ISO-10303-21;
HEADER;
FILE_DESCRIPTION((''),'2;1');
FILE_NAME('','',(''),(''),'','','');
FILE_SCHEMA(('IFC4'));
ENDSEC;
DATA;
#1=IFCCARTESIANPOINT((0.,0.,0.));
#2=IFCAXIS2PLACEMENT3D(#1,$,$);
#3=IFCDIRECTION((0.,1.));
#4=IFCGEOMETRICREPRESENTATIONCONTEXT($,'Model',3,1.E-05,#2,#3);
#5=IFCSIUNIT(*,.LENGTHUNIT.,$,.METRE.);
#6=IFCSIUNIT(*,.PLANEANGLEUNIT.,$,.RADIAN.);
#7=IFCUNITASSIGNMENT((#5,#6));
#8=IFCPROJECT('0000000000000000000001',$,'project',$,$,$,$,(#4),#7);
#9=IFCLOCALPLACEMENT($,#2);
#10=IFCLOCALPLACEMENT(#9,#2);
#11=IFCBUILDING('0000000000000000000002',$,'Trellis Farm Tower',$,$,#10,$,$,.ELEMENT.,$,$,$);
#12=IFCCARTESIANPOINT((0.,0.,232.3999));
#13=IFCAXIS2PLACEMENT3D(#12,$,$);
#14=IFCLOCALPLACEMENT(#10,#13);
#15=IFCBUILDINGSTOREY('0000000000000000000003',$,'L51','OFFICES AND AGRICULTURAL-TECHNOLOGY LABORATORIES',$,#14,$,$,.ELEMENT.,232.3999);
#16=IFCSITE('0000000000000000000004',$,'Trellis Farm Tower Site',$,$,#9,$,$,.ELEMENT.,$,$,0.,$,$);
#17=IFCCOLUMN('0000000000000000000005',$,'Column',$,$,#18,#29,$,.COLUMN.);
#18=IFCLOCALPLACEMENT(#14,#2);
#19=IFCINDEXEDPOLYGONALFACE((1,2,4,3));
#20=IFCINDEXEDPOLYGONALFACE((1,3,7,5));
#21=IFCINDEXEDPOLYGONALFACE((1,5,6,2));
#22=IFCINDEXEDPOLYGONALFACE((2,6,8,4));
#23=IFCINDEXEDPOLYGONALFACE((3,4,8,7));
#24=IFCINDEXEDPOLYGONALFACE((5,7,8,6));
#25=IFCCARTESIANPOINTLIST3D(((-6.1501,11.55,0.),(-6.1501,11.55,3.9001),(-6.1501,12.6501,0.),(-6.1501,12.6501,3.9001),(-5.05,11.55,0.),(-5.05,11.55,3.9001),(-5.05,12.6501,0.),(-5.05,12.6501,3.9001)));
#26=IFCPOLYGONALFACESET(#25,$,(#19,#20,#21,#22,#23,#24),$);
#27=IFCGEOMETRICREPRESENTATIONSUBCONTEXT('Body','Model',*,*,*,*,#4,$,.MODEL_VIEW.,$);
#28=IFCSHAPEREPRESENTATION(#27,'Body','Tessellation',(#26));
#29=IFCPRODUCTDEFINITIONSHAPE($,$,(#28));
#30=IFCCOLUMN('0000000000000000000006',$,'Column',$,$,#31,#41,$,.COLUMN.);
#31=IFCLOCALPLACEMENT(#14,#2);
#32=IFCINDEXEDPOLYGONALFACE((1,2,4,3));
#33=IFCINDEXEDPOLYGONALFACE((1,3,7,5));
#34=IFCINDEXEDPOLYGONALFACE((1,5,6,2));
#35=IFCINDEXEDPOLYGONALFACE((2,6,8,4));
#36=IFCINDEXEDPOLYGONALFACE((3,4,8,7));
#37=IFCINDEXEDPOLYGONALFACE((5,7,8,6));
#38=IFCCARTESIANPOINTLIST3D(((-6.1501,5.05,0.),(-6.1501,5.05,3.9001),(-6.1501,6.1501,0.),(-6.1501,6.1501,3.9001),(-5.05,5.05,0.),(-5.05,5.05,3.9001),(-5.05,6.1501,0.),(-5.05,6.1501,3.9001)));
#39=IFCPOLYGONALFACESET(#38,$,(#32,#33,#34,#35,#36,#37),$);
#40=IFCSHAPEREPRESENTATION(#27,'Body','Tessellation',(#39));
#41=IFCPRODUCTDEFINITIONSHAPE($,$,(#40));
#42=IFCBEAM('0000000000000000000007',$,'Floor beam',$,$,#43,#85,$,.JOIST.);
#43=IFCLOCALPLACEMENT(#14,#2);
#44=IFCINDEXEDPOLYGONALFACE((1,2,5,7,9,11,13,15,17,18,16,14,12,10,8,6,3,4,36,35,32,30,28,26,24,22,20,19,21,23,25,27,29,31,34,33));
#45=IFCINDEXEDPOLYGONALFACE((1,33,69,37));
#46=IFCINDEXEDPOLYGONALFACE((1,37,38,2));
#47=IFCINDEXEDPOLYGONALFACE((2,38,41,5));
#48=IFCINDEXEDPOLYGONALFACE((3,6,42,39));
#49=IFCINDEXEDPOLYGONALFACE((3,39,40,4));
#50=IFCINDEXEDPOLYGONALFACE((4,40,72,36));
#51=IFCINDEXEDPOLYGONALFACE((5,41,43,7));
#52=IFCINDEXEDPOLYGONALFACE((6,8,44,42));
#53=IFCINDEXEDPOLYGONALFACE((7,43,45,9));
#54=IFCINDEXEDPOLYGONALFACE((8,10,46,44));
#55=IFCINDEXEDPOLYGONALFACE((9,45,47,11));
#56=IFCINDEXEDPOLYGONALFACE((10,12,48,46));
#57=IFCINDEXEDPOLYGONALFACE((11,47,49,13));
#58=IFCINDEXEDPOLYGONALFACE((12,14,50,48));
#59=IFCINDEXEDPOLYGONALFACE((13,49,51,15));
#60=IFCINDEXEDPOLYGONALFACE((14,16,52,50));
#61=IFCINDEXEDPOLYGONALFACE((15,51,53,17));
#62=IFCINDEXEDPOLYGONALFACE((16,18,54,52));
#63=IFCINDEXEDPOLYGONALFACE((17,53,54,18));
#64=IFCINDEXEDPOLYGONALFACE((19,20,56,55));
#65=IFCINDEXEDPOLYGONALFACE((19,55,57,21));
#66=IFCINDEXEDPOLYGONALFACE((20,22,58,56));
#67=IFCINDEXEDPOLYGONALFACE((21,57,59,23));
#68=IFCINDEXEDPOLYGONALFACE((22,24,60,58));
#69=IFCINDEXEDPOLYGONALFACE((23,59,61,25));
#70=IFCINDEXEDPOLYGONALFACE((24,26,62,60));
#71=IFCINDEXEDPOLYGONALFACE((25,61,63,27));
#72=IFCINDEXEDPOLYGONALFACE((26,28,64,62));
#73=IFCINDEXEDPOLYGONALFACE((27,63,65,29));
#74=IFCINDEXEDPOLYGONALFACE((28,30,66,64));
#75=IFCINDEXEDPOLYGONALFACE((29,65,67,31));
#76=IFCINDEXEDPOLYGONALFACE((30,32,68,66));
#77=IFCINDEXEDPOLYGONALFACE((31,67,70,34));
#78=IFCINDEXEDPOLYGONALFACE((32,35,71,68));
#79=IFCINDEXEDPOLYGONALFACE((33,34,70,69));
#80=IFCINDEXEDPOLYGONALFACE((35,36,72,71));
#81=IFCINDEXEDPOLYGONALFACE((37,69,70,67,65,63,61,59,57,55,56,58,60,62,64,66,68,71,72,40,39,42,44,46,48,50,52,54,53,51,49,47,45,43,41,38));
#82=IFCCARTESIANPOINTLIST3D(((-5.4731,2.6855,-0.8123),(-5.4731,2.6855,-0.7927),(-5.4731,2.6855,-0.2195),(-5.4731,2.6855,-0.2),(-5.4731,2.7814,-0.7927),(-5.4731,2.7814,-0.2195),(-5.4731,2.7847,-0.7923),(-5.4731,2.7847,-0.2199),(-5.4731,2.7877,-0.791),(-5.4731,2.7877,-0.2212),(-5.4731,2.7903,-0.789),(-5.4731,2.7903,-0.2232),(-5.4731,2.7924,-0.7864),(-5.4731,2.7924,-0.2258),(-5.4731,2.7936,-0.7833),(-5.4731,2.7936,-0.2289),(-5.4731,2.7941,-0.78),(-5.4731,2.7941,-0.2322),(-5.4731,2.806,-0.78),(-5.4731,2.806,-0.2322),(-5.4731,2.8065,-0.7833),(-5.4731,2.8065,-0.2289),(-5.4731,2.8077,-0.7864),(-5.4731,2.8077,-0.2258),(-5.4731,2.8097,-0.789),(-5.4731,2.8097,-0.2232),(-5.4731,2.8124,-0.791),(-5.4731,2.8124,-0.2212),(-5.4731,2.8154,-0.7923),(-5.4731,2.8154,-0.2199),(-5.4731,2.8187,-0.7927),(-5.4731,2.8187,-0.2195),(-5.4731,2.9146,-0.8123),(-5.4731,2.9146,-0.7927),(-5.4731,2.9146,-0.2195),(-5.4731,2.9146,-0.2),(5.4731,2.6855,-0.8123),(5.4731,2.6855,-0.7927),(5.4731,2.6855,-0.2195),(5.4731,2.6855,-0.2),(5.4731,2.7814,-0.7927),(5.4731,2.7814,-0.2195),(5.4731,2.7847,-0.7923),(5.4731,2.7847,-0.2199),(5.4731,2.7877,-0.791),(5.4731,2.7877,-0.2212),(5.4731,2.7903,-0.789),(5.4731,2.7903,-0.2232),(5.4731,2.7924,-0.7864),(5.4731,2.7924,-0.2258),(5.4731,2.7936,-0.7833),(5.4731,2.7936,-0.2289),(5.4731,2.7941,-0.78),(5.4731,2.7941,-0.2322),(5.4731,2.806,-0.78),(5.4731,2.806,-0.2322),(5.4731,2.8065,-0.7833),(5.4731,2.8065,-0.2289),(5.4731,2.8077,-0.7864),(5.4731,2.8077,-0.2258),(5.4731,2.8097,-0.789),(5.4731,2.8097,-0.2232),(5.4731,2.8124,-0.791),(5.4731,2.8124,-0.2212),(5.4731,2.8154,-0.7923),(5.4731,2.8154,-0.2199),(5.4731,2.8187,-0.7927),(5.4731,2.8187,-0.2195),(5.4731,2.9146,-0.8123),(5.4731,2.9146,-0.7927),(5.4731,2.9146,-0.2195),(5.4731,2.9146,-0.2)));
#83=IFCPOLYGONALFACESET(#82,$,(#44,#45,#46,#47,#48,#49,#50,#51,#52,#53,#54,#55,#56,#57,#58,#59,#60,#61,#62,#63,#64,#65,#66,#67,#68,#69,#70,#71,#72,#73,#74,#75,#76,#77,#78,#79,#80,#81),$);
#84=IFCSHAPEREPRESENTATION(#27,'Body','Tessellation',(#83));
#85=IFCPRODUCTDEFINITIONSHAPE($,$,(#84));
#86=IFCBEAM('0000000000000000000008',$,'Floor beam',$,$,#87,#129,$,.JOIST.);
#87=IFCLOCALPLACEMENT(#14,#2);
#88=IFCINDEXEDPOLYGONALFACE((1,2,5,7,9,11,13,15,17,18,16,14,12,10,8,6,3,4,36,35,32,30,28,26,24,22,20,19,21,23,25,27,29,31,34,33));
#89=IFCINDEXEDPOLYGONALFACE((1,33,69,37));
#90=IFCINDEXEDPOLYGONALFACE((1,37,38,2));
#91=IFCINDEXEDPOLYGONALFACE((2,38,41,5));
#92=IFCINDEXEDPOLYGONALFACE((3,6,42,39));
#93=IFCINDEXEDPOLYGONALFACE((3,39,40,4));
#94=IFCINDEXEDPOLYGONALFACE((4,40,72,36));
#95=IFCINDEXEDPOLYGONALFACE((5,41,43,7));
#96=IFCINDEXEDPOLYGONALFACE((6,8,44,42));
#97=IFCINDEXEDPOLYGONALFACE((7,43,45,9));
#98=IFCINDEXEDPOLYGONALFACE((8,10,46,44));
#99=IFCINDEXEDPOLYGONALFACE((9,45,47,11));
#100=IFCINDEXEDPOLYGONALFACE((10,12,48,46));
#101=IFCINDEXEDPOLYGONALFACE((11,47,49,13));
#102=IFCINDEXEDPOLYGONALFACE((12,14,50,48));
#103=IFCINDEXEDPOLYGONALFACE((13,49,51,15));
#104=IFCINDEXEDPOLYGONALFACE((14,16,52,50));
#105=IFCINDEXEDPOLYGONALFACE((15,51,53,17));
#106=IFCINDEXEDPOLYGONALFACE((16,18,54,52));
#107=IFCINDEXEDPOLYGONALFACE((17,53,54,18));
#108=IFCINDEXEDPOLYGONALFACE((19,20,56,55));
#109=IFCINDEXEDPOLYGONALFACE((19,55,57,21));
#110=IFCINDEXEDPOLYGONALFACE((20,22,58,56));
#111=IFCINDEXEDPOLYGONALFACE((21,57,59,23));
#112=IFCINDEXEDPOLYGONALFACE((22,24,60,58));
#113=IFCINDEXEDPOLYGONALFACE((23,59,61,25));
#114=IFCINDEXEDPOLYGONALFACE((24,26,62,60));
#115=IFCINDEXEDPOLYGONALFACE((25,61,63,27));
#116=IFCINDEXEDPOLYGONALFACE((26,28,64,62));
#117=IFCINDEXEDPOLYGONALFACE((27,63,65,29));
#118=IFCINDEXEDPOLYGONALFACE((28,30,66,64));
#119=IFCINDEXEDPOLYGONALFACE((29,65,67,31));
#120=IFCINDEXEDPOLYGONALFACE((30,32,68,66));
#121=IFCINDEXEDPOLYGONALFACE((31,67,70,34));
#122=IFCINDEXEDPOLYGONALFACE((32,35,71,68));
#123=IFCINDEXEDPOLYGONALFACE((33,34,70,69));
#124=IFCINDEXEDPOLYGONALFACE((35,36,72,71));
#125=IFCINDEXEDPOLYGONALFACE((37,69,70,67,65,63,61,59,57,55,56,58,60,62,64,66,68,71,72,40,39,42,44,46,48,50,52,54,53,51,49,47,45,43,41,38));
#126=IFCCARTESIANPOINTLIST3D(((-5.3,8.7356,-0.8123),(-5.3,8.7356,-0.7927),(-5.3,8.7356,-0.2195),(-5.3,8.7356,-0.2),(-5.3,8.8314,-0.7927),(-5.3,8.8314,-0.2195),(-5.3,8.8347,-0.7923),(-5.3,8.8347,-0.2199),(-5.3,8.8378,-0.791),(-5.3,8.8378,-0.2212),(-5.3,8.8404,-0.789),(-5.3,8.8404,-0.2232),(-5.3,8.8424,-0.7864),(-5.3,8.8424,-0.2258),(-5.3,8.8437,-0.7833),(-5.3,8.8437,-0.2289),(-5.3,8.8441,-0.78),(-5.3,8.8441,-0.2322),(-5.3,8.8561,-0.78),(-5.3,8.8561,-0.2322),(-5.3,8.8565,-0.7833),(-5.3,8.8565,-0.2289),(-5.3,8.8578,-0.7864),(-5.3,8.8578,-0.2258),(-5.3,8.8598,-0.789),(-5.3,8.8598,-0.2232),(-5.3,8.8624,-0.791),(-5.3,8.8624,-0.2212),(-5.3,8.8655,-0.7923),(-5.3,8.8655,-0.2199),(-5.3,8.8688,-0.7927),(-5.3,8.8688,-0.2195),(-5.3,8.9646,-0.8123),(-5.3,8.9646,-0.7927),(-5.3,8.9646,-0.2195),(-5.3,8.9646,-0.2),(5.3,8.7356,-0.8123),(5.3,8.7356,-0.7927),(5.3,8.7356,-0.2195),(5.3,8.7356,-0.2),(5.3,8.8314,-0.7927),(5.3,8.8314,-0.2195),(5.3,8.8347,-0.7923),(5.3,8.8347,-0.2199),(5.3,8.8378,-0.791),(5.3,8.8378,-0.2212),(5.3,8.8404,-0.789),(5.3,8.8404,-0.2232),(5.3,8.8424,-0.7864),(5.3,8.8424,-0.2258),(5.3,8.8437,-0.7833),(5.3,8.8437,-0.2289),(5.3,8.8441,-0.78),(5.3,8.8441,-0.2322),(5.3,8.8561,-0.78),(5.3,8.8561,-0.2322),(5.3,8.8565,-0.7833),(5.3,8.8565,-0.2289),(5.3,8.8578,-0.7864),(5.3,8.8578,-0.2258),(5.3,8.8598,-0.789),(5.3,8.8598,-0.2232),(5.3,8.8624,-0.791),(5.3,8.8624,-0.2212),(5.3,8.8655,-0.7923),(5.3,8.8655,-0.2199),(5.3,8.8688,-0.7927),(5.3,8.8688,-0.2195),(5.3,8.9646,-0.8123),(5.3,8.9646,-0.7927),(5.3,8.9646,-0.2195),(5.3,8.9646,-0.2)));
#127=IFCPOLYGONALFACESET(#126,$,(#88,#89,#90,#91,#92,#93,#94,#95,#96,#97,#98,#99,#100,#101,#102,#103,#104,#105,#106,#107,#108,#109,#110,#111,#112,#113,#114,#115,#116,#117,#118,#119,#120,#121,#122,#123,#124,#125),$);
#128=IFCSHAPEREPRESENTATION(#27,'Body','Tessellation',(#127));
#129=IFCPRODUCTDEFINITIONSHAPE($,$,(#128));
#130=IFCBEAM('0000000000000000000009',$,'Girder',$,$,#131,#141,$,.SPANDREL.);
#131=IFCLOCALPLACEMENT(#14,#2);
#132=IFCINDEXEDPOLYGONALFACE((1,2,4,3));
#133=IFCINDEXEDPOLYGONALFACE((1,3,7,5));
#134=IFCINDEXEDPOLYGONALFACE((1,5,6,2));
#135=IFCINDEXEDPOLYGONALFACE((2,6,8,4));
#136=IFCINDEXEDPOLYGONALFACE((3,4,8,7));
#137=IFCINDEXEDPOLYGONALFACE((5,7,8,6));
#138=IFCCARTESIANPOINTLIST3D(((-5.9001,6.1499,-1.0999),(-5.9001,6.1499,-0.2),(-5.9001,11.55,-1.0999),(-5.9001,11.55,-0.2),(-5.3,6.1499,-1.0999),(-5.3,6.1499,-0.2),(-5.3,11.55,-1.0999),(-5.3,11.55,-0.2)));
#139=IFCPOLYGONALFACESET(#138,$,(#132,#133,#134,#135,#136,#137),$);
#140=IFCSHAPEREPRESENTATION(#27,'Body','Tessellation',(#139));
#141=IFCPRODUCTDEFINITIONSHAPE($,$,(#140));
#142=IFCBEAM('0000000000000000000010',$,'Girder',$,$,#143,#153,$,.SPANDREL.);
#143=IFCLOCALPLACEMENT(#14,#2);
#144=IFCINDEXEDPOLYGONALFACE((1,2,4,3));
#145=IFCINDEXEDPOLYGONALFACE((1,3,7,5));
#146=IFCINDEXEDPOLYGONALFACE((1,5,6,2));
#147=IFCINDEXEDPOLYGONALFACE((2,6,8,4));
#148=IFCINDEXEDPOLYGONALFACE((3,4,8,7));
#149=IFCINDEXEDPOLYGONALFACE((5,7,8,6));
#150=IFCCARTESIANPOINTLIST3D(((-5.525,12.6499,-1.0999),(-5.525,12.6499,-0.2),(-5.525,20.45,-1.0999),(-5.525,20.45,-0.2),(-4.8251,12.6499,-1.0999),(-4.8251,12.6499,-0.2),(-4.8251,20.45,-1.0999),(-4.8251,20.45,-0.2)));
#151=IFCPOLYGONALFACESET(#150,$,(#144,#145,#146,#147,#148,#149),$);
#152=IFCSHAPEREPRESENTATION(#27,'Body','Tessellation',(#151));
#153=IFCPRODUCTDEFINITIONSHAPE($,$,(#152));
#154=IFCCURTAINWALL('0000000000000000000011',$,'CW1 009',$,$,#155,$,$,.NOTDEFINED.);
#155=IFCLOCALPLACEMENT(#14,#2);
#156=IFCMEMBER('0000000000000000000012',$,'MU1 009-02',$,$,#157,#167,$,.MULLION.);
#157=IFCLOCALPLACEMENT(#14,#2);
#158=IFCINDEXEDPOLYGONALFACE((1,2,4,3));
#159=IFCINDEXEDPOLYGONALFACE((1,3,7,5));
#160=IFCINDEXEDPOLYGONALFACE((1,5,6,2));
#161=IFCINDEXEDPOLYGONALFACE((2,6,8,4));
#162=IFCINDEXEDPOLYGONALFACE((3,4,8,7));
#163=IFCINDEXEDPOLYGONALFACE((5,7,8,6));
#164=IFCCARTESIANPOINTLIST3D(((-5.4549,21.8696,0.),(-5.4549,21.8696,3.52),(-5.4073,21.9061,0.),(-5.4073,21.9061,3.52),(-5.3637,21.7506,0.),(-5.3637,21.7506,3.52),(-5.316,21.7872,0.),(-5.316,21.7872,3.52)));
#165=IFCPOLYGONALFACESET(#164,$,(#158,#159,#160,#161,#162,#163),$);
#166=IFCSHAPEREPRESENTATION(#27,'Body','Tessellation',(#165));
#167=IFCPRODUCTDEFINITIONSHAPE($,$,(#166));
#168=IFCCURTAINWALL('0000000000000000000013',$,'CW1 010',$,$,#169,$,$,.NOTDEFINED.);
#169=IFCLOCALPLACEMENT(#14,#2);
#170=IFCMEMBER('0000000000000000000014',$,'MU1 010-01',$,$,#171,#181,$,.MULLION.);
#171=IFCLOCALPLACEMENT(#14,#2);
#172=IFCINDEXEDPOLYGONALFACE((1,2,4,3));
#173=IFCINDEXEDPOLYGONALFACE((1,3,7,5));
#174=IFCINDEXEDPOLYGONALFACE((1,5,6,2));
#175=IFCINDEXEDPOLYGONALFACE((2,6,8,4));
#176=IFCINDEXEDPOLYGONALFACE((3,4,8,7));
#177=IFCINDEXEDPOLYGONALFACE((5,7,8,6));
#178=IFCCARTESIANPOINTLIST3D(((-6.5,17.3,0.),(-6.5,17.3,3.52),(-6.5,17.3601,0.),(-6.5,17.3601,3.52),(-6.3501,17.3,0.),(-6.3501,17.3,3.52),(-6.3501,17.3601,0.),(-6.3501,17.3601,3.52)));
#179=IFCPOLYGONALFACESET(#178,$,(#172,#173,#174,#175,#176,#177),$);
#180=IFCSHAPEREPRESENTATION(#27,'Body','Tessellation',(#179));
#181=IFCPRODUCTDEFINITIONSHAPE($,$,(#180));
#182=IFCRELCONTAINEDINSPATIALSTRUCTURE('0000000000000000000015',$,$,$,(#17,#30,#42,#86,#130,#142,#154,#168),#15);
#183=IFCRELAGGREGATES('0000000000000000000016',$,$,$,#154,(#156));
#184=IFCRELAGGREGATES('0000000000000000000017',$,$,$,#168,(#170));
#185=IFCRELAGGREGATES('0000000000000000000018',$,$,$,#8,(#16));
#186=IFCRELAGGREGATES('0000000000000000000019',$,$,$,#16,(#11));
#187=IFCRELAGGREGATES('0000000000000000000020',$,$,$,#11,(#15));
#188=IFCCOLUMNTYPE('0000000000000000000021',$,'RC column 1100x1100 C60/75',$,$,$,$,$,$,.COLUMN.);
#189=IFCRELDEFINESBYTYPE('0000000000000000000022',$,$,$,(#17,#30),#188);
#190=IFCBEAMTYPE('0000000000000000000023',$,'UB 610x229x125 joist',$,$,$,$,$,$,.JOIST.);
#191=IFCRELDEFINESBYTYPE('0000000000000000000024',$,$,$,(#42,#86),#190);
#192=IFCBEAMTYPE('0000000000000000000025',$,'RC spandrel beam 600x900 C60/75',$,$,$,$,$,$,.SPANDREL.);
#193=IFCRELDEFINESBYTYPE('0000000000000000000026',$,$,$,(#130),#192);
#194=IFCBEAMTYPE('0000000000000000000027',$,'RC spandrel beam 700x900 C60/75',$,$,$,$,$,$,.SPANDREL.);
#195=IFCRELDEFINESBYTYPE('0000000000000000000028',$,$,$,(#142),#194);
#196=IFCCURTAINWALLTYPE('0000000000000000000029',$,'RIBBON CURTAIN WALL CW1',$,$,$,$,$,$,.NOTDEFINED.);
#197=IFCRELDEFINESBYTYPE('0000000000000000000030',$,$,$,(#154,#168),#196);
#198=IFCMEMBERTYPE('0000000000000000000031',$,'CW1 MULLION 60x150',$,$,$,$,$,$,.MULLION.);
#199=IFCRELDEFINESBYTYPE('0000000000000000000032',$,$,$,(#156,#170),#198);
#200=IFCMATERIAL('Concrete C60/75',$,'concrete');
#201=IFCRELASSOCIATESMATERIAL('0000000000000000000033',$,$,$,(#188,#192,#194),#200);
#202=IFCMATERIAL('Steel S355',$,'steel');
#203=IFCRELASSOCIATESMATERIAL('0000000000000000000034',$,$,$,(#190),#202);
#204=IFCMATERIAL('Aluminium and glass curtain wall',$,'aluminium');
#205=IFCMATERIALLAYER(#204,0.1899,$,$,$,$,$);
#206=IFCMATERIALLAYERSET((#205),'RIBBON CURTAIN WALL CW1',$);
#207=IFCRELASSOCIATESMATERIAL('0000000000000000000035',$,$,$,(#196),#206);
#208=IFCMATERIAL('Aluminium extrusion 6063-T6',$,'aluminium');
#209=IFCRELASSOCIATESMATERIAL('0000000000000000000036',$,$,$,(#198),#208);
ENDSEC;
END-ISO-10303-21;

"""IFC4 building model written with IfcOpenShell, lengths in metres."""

from ifc_helpers import new_model, si_unit, direction, frame, origin, origin_2d, place, context, subcontext, project, spatial, rectangle, i_section, extrude, source, transform, mapped, material, layer, layer_set, material_profile, profile_set, type_object, element, aggregate, save


model = new_model("IFC4")

# Units and contexts
model_context = context("Model", 3, precision=1e-05, world=origin(), true_north=direction((0.0, 1.0)))
body_context = subcontext(model_context, "Body", "Model", "MODEL_VIEW")
ifc_project = project(units=[si_unit("LENGTHUNIT", "METRE"), si_unit("PLANEANGLEUNIT", "RADIAN")], contexts=[model_context])

# Site, building, storey
site_placement = place(None, origin())
site = spatial("IfcSite", under=ifc_project, at=site_placement, Name="Trellis Farm Tower Site", CompositionType="ELEMENT", RefElevation=0.0)
building_placement = place(site_placement, origin())
building = spatial("IfcBuilding", under=site, at=building_placement, Name="Trellis Farm Tower", CompositionType="ELEMENT")
storey_placement = place(building_placement, frame((0.0, 0.0, 232.3999)))
storey = spatial("IfcBuildingStorey", under=building, at=storey_placement, Name="L51", Description="OFFICES AND AGRICULTURAL-TECHNOLOGY LABORATORIES", CompositionType="ELEMENT", Elevation=232.3999)

# Columns
ifc_material_1 = material(Name="Concrete C60/75", Category="concrete")
ifc_material_profile_1 = material_profile(ifc_material_1, rectangle(XDim=1.1001, YDim=1.1001, at=origin_2d()), Name="RC column 1100x1100 C60/75")
ifc_profile_set_1 = profile_set([ifc_material_profile_1], Name="Concrete C60/75")
column_type = type_object("IfcColumnType", Name="RC column 1100x1100 C60/75", PredefinedType="COLUMN", material=ifc_profile_set_1)
shared_shape_1 = source(origin(), body_context, "Body", "SweptSolid", [
    extrude(rectangle(XDim=1.1001, YDim=1.1001, at=origin_2d()), origin(), (0.0, 0.0, 1.0), 3.9001),
])
for number, where, z_axis, x_axis, name in (
    (1, (-5.6001, 12.1001, 0.0), (0.0, 0.0, 1.0), (1.0, 0.0, 0.0), "Column"),
    (2, (-5.6001, 5.6001, 0.0), (0.0, 0.0, 1.0), (1.0, 0.0, 0.0), "Column"),
):
    element("IfcColumn", number, at=place(storey_placement, frame(where, z_axis=z_axis, x_axis=x_axis)), inside=storey, type_object=column_type, Name=name, PredefinedType="COLUMN", context=body_context, shape_type="MappedRepresentation", body=[
        mapped(shared_shape_1, transform((0.0, 0.0, 0.0))),
    ])

# Beams
ifc_material_2 = material(Name="Steel S355", Category="steel")
ifc_material_profile_2 = material_profile(ifc_material_2, i_section(OverallWidth=0.229, OverallDepth=0.6123, WebThickness=0.012, FlangeThickness=0.0195, FilletRadius=0.0127, at=origin_2d()), Name="UB 610x229x125")
ifc_profile_set_2 = profile_set([ifc_material_profile_2], Name="Steel S355")
beam_type_1 = type_object("IfcBeamType", Name="UB 610x229x125 joist", PredefinedType="JOIST", material=ifc_profile_set_2)
shared_shape_2 = source(origin(), body_context, "Body", "SweptSolid", [
    extrude(i_section(OverallWidth=0.229, OverallDepth=0.6123, WebThickness=0.012, FlangeThickness=0.0195, FilletRadius=0.0127, at=origin_2d()), origin(), (0.0, 0.0, 1.0), 10.9463),
])
beam_1_placement = place(storey_placement, frame((-5.4731, 2.8, -0.5061), z_axis=(1.0, 0.0, 0.0), x_axis=(0.0, 1.0, 0.0)))
element("IfcBeam", 3, at=beam_1_placement, inside=storey, type_object=beam_type_1, Name="Floor beam", PredefinedType="JOIST", context=body_context, shape_type="MappedRepresentation", body=[
    mapped(shared_shape_2, transform((0.0, 0.0, 0.0))),
])
shared_shape_3 = source(origin(), body_context, "Body", "SweptSolid", [
    extrude(i_section(OverallWidth=0.229, OverallDepth=0.6123, WebThickness=0.012, FlangeThickness=0.0195, FilletRadius=0.0127, at=origin_2d()), origin(), (0.0, 0.0, 1.0), 10.6001),
])
beam_2_placement = place(storey_placement, frame((-5.3, 8.8501, -0.5061), z_axis=(1.0, 0.0, 0.0), x_axis=(0.0, 1.0, 0.0)))
element("IfcBeam", 4, at=beam_2_placement, inside=storey, type_object=beam_type_1, Name="Floor beam", PredefinedType="JOIST", context=body_context, shape_type="MappedRepresentation", body=[
    mapped(shared_shape_3, transform((0.0, 0.0, 0.0))),
])
ifc_material_profile_3 = material_profile(ifc_material_1, rectangle(XDim=0.6001, YDim=0.8999, at=origin_2d()), Name="RC spandrel beam 600x900 C60/75")
ifc_profile_set_3 = profile_set([ifc_material_profile_3], Name="Concrete C60/75")
beam_type_2 = type_object("IfcBeamType", Name="RC spandrel beam 600x900 C60/75", PredefinedType="SPANDREL", material=ifc_profile_set_3)
shared_shape_4 = source(origin(), body_context, "Body", "SweptSolid", [
    extrude(rectangle(XDim=0.6001, YDim=0.8999, at=origin_2d()), origin(), (0.0, 0.0, 1.0), 5.4001),
])
beam_3_placement = place(storey_placement, frame((-5.6001, 6.1499, -0.6499), z_axis=(0.0, 1.0, 0.0), x_axis=(-1.0, 0.0, 0.0)))
element("IfcBeam", 5, at=beam_3_placement, inside=storey, type_object=beam_type_2, Name="Girder", PredefinedType="SPANDREL", context=body_context, shape_type="MappedRepresentation", body=[
    mapped(shared_shape_4, transform((0.0, 0.0, 0.0))),
])
ifc_material_profile_4 = material_profile(ifc_material_1, rectangle(XDim=0.7, YDim=0.8999, at=origin_2d()), Name="RC spandrel beam 700x900 C60/75")
ifc_profile_set_4 = profile_set([ifc_material_profile_4], Name="Concrete C60/75")
beam_type_3 = type_object("IfcBeamType", Name="RC spandrel beam 700x900 C60/75", PredefinedType="SPANDREL", material=ifc_profile_set_4)
shared_shape_5 = source(origin(), body_context, "Body", "SweptSolid", [
    extrude(rectangle(XDim=0.7, YDim=0.8999, at=origin_2d()), origin(), (0.0, 0.0, 1.0), 7.8),
])
beam_4_placement = place(storey_placement, frame((-5.175, 12.6499, -0.6499), z_axis=(0.0, 1.0, 0.0), x_axis=(-1.0, 0.0, 0.0)))
element("IfcBeam", 6, at=beam_4_placement, inside=storey, type_object=beam_type_3, Name="Girder", PredefinedType="SPANDREL", context=body_context, shape_type="MappedRepresentation", body=[
    mapped(shared_shape_5, transform((0.0, 0.0, 0.0))),
])

# Curtain walls, members
ifc_material_3 = material(Name="Aluminium and glass curtain wall", Category="aluminium")
ifc_layer_1 = layer(ifc_material_3, 0.1899)
ifc_layer_set_1 = layer_set([ifc_layer_1], Name="RIBBON CURTAIN WALL CW1")
curtain_wall_type_1 = type_object("IfcCurtainWallType", Name="RIBBON CURTAIN WALL CW1", PredefinedType="NOTDEFINED", material=ifc_layer_set_1)
placement = place(storey_placement, origin())
curtain_wall_1 = element("IfcCurtainWall", 7, at=placement, inside=storey, type_object=curtain_wall_type_1, Name="CW1 009", PredefinedType="NOTDEFINED")
ifc_material_4 = material(Name="Aluminium extrusion 6063-T6", Category="aluminium")
ifc_material_profile_5 = material_profile(ifc_material_4, rectangle(XDim=0.0601, YDim=0.1499, at=origin_2d()), Name="MULLION 60x150")
ifc_profile_set_5 = profile_set([ifc_material_profile_5], Name="Aluminium extrusion 6063-T6")
member_type_1 = type_object("IfcMemberType", Name="CW1 MULLION 60x150", PredefinedType="MULLION", material=ifc_profile_set_5)
shared_shape_6 = source(origin(), body_context, "Body", "SweptSolid", [
    extrude(rectangle(XDim=0.0601, YDim=0.1499, at=origin_2d()), origin(), (0.0, 0.0, 1.0), 3.52),
])
member_1_placement = place(storey_placement, frame((-5.3855, 21.8284, 0.0), z_axis=(0.0, 0.0, 1.0), x_axis=(-0.793353, -0.608761, 0.0)))
member_1 = element("IfcMember", 8, at=member_1_placement, type_object=member_type_1, Name="MU1 009-02", PredefinedType="MULLION", context=body_context, shape_type="MappedRepresentation", body=[
    mapped(shared_shape_6, transform((0.0, 0.0, 0.0))),
])
aggregate(curtain_wall_1, [member_1])
curtain_wall_2 = element("IfcCurtainWall", 9, at=placement, inside=storey, type_object=curtain_wall_type_1, Name="CW1 010", PredefinedType="NOTDEFINED")
member_2_placement = place(storey_placement, frame((-6.425, 17.3301, 0.0), z_axis=(0.0, 0.0, 1.0), x_axis=(0.0, -1.0, 0.0)))
member_2 = element("IfcMember", 10, at=member_2_placement, type_object=member_type_1, Name="MU1 010-01", PredefinedType="MULLION", context=body_context, shape_type="MappedRepresentation", body=[
    mapped(shared_shape_6, transform((0.0, 0.0, 0.0))),
])
aggregate(curtain_wall_2, [member_2])

save(model, "model.ifc")
